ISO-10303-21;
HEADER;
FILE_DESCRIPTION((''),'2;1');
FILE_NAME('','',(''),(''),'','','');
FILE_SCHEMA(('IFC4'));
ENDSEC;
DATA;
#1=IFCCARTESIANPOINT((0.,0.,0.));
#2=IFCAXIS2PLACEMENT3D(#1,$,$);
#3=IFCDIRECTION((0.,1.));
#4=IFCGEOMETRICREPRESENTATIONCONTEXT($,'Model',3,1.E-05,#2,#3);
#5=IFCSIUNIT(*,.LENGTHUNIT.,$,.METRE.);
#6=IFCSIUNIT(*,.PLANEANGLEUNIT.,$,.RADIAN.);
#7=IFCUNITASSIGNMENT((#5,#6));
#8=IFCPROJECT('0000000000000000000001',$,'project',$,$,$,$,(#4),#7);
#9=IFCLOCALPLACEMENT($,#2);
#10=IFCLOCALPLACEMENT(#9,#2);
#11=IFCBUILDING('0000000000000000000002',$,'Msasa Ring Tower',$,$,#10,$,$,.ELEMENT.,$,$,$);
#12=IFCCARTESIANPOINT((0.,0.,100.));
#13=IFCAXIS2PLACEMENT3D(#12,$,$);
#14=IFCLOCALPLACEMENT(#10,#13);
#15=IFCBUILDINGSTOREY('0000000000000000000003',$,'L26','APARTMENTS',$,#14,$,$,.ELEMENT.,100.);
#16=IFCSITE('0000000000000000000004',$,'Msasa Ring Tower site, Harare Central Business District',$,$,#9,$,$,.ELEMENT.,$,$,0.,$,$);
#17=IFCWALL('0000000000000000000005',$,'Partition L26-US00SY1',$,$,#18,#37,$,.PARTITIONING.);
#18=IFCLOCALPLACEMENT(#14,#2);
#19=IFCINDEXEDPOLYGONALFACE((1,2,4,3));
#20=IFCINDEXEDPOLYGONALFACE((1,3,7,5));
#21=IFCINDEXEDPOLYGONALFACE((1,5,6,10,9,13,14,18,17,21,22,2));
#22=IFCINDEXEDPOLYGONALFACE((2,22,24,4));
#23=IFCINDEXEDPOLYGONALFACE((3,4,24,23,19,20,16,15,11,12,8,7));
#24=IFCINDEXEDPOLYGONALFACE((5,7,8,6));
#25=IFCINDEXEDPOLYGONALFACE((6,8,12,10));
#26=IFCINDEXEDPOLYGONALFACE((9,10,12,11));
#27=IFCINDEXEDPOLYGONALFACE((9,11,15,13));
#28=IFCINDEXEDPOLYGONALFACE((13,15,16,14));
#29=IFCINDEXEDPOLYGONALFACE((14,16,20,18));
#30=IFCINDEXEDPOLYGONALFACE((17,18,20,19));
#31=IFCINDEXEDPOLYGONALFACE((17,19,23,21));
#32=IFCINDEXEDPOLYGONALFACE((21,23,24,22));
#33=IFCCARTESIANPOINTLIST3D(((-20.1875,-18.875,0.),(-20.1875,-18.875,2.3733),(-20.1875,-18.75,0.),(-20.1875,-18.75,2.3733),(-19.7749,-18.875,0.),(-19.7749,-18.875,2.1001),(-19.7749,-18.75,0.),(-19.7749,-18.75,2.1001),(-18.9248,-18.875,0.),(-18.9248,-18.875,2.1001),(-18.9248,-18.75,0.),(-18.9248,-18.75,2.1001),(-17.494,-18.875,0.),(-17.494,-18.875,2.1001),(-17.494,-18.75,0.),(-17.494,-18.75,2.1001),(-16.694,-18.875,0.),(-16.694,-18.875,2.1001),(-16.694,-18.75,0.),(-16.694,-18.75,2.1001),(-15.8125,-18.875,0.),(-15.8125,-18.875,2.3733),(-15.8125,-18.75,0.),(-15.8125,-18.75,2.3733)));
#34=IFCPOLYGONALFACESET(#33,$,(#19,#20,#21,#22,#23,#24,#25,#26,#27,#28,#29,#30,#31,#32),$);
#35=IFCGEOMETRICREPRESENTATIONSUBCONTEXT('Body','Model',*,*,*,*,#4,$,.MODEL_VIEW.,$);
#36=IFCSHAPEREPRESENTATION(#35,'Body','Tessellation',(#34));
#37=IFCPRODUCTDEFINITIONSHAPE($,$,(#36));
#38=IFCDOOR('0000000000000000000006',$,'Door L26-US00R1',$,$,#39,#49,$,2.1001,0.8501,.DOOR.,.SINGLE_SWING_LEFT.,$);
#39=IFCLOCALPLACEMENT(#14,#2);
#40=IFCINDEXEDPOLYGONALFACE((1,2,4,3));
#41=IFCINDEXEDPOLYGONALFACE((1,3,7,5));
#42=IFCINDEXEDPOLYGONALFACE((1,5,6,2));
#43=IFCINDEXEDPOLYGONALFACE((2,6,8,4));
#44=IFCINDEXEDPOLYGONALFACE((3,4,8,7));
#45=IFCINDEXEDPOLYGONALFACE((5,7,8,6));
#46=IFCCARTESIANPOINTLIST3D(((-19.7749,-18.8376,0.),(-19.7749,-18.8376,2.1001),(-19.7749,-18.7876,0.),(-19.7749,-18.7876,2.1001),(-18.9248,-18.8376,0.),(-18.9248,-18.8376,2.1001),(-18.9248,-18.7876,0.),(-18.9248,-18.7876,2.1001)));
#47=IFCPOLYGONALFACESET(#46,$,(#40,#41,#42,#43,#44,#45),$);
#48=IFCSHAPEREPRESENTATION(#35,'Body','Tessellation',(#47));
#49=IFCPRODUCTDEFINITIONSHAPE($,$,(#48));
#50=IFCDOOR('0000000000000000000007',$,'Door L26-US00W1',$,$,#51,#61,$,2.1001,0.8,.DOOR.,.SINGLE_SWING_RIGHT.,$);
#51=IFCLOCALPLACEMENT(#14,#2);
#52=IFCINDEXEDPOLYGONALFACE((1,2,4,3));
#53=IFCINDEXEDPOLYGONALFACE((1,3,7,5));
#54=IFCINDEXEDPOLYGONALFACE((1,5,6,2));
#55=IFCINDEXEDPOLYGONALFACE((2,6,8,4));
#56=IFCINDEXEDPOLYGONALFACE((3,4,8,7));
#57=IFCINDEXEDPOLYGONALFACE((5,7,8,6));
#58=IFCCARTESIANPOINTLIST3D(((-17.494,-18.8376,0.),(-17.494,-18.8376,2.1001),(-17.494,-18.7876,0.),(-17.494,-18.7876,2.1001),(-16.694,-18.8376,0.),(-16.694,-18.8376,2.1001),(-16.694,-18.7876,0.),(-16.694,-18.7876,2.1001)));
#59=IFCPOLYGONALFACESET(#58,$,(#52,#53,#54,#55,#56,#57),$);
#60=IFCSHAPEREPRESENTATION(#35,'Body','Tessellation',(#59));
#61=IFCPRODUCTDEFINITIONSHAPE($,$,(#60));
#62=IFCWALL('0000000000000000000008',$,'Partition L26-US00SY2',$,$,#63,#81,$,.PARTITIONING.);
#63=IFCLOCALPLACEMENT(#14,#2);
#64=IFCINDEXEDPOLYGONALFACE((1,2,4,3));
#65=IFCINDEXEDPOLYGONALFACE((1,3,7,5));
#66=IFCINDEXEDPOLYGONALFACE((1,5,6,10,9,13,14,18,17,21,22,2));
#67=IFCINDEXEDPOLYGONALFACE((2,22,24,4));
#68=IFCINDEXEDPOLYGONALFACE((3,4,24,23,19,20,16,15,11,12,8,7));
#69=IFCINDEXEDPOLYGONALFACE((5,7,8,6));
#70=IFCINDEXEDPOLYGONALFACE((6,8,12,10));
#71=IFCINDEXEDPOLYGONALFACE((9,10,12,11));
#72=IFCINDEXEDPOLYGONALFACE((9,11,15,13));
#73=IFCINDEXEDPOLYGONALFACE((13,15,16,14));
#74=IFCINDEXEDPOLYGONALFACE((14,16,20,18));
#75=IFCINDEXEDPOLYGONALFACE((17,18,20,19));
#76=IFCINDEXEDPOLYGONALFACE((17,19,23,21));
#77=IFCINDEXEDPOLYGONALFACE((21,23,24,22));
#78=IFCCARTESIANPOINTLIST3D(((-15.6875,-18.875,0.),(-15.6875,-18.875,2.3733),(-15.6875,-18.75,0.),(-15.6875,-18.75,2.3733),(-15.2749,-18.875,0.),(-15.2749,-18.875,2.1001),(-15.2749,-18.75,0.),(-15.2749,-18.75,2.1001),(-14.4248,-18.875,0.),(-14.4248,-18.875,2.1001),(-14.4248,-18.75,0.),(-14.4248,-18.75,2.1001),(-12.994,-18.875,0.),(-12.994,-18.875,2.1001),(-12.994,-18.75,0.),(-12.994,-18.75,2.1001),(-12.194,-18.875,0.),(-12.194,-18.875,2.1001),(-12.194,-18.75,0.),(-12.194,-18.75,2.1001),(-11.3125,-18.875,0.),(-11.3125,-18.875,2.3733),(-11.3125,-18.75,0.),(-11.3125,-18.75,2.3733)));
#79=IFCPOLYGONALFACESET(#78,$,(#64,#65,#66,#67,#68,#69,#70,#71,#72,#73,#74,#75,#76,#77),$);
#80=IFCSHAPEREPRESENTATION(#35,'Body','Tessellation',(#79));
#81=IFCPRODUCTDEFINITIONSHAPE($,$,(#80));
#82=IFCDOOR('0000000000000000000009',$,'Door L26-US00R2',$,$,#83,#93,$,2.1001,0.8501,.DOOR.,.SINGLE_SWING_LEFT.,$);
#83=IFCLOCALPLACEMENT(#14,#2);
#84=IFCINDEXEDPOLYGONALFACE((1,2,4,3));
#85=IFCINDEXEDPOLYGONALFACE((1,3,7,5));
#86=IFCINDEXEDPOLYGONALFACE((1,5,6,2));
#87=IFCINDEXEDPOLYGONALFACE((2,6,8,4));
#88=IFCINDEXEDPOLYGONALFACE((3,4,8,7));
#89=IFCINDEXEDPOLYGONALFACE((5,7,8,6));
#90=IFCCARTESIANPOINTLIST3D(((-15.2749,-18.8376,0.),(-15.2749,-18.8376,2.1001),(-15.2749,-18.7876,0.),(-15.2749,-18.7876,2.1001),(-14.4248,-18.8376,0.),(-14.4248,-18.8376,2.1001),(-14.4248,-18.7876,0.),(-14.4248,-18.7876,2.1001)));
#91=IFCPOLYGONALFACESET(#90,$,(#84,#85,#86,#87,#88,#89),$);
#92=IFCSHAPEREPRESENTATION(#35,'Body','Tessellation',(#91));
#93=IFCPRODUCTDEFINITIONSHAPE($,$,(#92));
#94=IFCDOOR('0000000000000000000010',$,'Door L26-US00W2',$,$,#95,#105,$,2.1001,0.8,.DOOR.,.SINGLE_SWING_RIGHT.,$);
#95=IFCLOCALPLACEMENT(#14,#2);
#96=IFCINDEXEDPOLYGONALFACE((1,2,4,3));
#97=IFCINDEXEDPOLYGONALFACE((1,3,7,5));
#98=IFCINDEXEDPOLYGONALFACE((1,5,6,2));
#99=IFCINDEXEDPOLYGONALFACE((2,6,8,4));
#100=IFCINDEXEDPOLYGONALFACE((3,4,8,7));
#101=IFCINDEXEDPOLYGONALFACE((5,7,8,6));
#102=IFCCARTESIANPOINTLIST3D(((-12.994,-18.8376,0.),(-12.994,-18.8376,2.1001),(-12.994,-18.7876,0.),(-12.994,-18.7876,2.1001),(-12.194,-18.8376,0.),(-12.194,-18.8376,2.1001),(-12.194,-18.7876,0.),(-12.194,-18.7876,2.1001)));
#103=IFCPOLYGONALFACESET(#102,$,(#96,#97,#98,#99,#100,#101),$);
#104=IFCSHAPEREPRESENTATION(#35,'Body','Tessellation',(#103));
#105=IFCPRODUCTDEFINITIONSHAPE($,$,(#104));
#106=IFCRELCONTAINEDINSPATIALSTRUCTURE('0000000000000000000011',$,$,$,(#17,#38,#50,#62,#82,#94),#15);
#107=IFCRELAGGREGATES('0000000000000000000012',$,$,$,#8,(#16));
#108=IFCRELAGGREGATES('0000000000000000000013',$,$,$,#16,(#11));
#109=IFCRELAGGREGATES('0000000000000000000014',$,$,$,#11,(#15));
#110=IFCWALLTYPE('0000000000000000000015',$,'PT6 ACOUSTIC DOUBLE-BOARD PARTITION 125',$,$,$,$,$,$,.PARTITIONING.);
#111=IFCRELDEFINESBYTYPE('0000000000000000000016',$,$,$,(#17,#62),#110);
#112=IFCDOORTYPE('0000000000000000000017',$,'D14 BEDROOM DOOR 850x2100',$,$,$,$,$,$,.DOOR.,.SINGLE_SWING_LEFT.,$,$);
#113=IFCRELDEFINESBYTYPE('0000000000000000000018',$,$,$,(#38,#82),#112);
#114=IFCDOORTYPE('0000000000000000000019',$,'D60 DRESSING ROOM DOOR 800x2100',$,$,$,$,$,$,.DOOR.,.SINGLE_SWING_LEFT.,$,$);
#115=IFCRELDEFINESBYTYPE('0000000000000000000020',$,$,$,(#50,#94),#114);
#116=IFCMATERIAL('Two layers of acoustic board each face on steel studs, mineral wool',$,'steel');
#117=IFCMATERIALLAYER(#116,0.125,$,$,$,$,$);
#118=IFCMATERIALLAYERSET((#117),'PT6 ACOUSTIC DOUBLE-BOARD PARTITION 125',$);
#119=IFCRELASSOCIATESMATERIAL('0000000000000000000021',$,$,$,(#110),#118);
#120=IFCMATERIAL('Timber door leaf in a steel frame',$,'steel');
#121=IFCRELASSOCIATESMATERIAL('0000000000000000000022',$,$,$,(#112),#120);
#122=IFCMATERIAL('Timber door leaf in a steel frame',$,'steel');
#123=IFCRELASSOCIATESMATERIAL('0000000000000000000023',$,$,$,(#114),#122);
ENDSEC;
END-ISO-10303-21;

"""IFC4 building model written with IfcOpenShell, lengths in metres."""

from ifc_helpers import new_model, si_unit, direction, frame, frame_2d, origin, place, context, subcontext, project, spatial, rectangle, extrude, material, layer, layer_set, type_object, element, fill, save


model = new_model("IFC4")

# Units and contexts
model_context = context("Model", 3, precision=1e-05, world=origin(), true_north=direction((0.0, 1.0)))
body_context = subcontext(model_context, "Body", "Model", "MODEL_VIEW")
ifc_project = project(units=[si_unit("LENGTHUNIT", "METRE"), si_unit("PLANEANGLEUNIT", "RADIAN")], contexts=[model_context])

# Site, building, storey
site_placement = place(None, origin())
site = spatial("IfcSite", under=ifc_project, at=site_placement, Name="Msasa Ring Tower site, Harare Central Business District", CompositionType="ELEMENT", RefElevation=0.0)
building_placement = place(site_placement, origin())
building = spatial("IfcBuilding", under=site, at=building_placement, Name="Msasa Ring Tower", CompositionType="ELEMENT")
storey_placement = place(building_placement, frame((0.0, 0.0, 100.0)))
storey = spatial("IfcBuildingStorey", under=building, at=storey_placement, Name="L26", Description="APARTMENTS", CompositionType="ELEMENT", Elevation=100.0)

# Shared definitions
ifc_material_1 = material(Name="Two layers of acoustic board each face on steel studs, mineral wool", Category="steel")
ifc_layer_1 = layer(ifc_material_1, 0.125)
ifc_layer_set_1 = layer_set([ifc_layer_1], Name="PT6 ACOUSTIC DOUBLE-BOARD PARTITION 125")
wall_type_1 = type_object("IfcWallType", Name="PT6 ACOUSTIC DOUBLE-BOARD PARTITION 125", PredefinedType="PARTITIONING", material=ifc_layer_set_1)

# Walls, openings, doors
wall_1_placement = place(storey_placement, frame((-20.1875, -18.8125, 0.0), z_axis=(0.0, 0.0, 1.0), x_axis=(1.0, 0.0, 0.0)))
wall_1 = element("IfcWall", 1, at=wall_1_placement, inside=storey, type_object=wall_type_1, Name="Partition L26-US00SY1", PredefinedType="PARTITIONING", context=body_context, shape_type="SweptSolid", body=[
    extrude(rectangle(XDim=4.375, YDim=0.125, at=frame_2d((2.1875, 0.0))), origin(), (0.0, 0.0, 1.0), 2.3733),
])
opening_1_placement = place(wall_1_placement, frame((0.4126, 0.0, 0.0)))
opening_1 = element("IfcOpeningElement", 2, at=opening_1_placement, cuts=wall_1, PredefinedType="OPENING", context=body_context, shape_type="SweptSolid", body=[
    extrude(rectangle(XDim=0.8501, YDim=2.1001, at=frame_2d((0.425, 1.05))), frame((0.0, 0.0725, 0.0), z_axis=(0.0, -1.0, 0.0), x_axis=(1.0, 0.0, 0.0)), (0.0, 0.0, 1.0), 0.145),
])
opening_2_placement = place(wall_1_placement, frame((2.6936, 0.0, 0.0)))
opening_2 = element("IfcOpeningElement", 3, at=opening_2_placement, cuts=wall_1, PredefinedType="OPENING", context=body_context, shape_type="SweptSolid", body=[
    extrude(rectangle(XDim=0.8, YDim=2.1001, at=frame_2d((0.3999, 1.05))), frame((0.0, 0.0725, 0.0), z_axis=(0.0, -1.0, 0.0), x_axis=(1.0, 0.0, 0.0)), (0.0, 0.0, 1.0), 0.145),
])
ifc_material_2 = material(Name="Timber door leaf in a steel frame", Category="steel")
door_type_1 = type_object("IfcDoorType", Name="D14 BEDROOM DOOR 850x2100", OperationType="SINGLE_SWING_LEFT", PredefinedType="DOOR", material=ifc_material_2)
door_1_placement = place(opening_1_placement, origin())
door_1 = element("IfcDoor", 4, at=door_1_placement, inside=storey, type_object=door_type_1, Name="Door L26-US00R1", OperationType="SINGLE_SWING_LEFT", OverallHeight=2.1001, OverallWidth=0.8501, PredefinedType="DOOR", context=body_context, shape_type="SweptSolid", body=[
    extrude(rectangle(XDim=0.8501, YDim=2.1001, at=frame_2d((0.425, 1.05))), frame((0.0, 0.0249, 0.0), z_axis=(0.0, -1.0, 0.0), x_axis=(1.0, 0.0, 0.0)), (0.0, 0.0, 1.0), 0.05),
])
fill(opening_1, door_1)
ifc_material_3 = material(Name="Timber door leaf in a steel frame", Category="steel")
door_type_2 = type_object("IfcDoorType", Name="D60 DRESSING ROOM DOOR 800x2100", OperationType="SINGLE_SWING_LEFT", PredefinedType="DOOR", material=ifc_material_3)
door_2_placement = place(opening_2_placement, origin())
door_2 = element("IfcDoor", 5, at=door_2_placement, inside=storey, type_object=door_type_2, Name="Door L26-US00W1", OperationType="SINGLE_SWING_RIGHT", OverallHeight=2.1001, OverallWidth=0.8, PredefinedType="DOOR", context=body_context, shape_type="SweptSolid", body=[
    extrude(rectangle(XDim=0.8, YDim=2.1001, at=frame_2d((0.3999, 1.05))), frame((0.0, 0.0249, 0.0), z_axis=(0.0, -1.0, 0.0), x_axis=(1.0, 0.0, 0.0)), (0.0, 0.0, 1.0), 0.05),
])
fill(opening_2, door_2)
wall_2_placement = place(storey_placement, frame((-15.6875, -18.8125, 0.0), z_axis=(0.0, 0.0, 1.0), x_axis=(1.0, 0.0, 0.0)))
wall_2 = element("IfcWall", 6, at=wall_2_placement, inside=storey, type_object=wall_type_1, Name="Partition L26-US00SY2", PredefinedType="PARTITIONING", context=body_context, shape_type="SweptSolid", body=[
    extrude(rectangle(XDim=4.375, YDim=0.125, at=frame_2d((2.1875, 0.0))), origin(), (0.0, 0.0, 1.0), 2.3733),
])
opening_3_placement = place(wall_2_placement, frame((0.4126, 0.0, 0.0)))
opening_3 = element("IfcOpeningElement", 7, at=opening_3_placement, cuts=wall_2, PredefinedType="OPENING", context=body_context, shape_type="SweptSolid", body=[
    extrude(rectangle(XDim=0.8501, YDim=2.1001, at=frame_2d((0.425, 1.05))), frame((0.0, 0.0725, 0.0), z_axis=(0.0, -1.0, 0.0), x_axis=(1.0, 0.0, 0.0)), (0.0, 0.0, 1.0), 0.145),
])
opening_4_placement = place(wall_2_placement, frame((2.6936, 0.0, 0.0)))
opening_4 = element("IfcOpeningElement", 8, at=opening_4_placement, cuts=wall_2, PredefinedType="OPENING", context=body_context, shape_type="SweptSolid", body=[
    extrude(rectangle(XDim=0.8, YDim=2.1001, at=frame_2d((0.3999, 1.05))), frame((0.0, 0.0725, 0.0), z_axis=(0.0, -1.0, 0.0), x_axis=(1.0, 0.0, 0.0)), (0.0, 0.0, 1.0), 0.145),
])
door_3_placement = place(opening_3_placement, origin())
door_3 = element("IfcDoor", 9, at=door_3_placement, inside=storey, type_object=door_type_1, Name="Door L26-US00R2", OperationType="SINGLE_SWING_LEFT", OverallHeight=2.1001, OverallWidth=0.8501, PredefinedType="DOOR", context=body_context, shape_type="SweptSolid", body=[
    extrude(rectangle(XDim=0.8501, YDim=2.1001, at=frame_2d((0.425, 1.05))), frame((0.0, 0.0249, 0.0), z_axis=(0.0, -1.0, 0.0), x_axis=(1.0, 0.0, 0.0)), (0.0, 0.0, 1.0), 0.05),
])
fill(opening_3, door_3)
door_4_placement = place(opening_4_placement, origin())
door_4 = element("IfcDoor", 10, at=door_4_placement, inside=storey, type_object=door_type_2, Name="Door L26-US00W2", OperationType="SINGLE_SWING_RIGHT", OverallHeight=2.1001, OverallWidth=0.8, PredefinedType="DOOR", context=body_context, shape_type="SweptSolid", body=[
    extrude(rectangle(XDim=0.8, YDim=2.1001, at=frame_2d((0.3999, 1.05))), frame((0.0, 0.0249, 0.0), z_axis=(0.0, -1.0, 0.0), x_axis=(1.0, 0.0, 0.0)), (0.0, 0.0, 1.0), 0.05),
])
fill(opening_4, door_4)

save(model, "model.ifc")
